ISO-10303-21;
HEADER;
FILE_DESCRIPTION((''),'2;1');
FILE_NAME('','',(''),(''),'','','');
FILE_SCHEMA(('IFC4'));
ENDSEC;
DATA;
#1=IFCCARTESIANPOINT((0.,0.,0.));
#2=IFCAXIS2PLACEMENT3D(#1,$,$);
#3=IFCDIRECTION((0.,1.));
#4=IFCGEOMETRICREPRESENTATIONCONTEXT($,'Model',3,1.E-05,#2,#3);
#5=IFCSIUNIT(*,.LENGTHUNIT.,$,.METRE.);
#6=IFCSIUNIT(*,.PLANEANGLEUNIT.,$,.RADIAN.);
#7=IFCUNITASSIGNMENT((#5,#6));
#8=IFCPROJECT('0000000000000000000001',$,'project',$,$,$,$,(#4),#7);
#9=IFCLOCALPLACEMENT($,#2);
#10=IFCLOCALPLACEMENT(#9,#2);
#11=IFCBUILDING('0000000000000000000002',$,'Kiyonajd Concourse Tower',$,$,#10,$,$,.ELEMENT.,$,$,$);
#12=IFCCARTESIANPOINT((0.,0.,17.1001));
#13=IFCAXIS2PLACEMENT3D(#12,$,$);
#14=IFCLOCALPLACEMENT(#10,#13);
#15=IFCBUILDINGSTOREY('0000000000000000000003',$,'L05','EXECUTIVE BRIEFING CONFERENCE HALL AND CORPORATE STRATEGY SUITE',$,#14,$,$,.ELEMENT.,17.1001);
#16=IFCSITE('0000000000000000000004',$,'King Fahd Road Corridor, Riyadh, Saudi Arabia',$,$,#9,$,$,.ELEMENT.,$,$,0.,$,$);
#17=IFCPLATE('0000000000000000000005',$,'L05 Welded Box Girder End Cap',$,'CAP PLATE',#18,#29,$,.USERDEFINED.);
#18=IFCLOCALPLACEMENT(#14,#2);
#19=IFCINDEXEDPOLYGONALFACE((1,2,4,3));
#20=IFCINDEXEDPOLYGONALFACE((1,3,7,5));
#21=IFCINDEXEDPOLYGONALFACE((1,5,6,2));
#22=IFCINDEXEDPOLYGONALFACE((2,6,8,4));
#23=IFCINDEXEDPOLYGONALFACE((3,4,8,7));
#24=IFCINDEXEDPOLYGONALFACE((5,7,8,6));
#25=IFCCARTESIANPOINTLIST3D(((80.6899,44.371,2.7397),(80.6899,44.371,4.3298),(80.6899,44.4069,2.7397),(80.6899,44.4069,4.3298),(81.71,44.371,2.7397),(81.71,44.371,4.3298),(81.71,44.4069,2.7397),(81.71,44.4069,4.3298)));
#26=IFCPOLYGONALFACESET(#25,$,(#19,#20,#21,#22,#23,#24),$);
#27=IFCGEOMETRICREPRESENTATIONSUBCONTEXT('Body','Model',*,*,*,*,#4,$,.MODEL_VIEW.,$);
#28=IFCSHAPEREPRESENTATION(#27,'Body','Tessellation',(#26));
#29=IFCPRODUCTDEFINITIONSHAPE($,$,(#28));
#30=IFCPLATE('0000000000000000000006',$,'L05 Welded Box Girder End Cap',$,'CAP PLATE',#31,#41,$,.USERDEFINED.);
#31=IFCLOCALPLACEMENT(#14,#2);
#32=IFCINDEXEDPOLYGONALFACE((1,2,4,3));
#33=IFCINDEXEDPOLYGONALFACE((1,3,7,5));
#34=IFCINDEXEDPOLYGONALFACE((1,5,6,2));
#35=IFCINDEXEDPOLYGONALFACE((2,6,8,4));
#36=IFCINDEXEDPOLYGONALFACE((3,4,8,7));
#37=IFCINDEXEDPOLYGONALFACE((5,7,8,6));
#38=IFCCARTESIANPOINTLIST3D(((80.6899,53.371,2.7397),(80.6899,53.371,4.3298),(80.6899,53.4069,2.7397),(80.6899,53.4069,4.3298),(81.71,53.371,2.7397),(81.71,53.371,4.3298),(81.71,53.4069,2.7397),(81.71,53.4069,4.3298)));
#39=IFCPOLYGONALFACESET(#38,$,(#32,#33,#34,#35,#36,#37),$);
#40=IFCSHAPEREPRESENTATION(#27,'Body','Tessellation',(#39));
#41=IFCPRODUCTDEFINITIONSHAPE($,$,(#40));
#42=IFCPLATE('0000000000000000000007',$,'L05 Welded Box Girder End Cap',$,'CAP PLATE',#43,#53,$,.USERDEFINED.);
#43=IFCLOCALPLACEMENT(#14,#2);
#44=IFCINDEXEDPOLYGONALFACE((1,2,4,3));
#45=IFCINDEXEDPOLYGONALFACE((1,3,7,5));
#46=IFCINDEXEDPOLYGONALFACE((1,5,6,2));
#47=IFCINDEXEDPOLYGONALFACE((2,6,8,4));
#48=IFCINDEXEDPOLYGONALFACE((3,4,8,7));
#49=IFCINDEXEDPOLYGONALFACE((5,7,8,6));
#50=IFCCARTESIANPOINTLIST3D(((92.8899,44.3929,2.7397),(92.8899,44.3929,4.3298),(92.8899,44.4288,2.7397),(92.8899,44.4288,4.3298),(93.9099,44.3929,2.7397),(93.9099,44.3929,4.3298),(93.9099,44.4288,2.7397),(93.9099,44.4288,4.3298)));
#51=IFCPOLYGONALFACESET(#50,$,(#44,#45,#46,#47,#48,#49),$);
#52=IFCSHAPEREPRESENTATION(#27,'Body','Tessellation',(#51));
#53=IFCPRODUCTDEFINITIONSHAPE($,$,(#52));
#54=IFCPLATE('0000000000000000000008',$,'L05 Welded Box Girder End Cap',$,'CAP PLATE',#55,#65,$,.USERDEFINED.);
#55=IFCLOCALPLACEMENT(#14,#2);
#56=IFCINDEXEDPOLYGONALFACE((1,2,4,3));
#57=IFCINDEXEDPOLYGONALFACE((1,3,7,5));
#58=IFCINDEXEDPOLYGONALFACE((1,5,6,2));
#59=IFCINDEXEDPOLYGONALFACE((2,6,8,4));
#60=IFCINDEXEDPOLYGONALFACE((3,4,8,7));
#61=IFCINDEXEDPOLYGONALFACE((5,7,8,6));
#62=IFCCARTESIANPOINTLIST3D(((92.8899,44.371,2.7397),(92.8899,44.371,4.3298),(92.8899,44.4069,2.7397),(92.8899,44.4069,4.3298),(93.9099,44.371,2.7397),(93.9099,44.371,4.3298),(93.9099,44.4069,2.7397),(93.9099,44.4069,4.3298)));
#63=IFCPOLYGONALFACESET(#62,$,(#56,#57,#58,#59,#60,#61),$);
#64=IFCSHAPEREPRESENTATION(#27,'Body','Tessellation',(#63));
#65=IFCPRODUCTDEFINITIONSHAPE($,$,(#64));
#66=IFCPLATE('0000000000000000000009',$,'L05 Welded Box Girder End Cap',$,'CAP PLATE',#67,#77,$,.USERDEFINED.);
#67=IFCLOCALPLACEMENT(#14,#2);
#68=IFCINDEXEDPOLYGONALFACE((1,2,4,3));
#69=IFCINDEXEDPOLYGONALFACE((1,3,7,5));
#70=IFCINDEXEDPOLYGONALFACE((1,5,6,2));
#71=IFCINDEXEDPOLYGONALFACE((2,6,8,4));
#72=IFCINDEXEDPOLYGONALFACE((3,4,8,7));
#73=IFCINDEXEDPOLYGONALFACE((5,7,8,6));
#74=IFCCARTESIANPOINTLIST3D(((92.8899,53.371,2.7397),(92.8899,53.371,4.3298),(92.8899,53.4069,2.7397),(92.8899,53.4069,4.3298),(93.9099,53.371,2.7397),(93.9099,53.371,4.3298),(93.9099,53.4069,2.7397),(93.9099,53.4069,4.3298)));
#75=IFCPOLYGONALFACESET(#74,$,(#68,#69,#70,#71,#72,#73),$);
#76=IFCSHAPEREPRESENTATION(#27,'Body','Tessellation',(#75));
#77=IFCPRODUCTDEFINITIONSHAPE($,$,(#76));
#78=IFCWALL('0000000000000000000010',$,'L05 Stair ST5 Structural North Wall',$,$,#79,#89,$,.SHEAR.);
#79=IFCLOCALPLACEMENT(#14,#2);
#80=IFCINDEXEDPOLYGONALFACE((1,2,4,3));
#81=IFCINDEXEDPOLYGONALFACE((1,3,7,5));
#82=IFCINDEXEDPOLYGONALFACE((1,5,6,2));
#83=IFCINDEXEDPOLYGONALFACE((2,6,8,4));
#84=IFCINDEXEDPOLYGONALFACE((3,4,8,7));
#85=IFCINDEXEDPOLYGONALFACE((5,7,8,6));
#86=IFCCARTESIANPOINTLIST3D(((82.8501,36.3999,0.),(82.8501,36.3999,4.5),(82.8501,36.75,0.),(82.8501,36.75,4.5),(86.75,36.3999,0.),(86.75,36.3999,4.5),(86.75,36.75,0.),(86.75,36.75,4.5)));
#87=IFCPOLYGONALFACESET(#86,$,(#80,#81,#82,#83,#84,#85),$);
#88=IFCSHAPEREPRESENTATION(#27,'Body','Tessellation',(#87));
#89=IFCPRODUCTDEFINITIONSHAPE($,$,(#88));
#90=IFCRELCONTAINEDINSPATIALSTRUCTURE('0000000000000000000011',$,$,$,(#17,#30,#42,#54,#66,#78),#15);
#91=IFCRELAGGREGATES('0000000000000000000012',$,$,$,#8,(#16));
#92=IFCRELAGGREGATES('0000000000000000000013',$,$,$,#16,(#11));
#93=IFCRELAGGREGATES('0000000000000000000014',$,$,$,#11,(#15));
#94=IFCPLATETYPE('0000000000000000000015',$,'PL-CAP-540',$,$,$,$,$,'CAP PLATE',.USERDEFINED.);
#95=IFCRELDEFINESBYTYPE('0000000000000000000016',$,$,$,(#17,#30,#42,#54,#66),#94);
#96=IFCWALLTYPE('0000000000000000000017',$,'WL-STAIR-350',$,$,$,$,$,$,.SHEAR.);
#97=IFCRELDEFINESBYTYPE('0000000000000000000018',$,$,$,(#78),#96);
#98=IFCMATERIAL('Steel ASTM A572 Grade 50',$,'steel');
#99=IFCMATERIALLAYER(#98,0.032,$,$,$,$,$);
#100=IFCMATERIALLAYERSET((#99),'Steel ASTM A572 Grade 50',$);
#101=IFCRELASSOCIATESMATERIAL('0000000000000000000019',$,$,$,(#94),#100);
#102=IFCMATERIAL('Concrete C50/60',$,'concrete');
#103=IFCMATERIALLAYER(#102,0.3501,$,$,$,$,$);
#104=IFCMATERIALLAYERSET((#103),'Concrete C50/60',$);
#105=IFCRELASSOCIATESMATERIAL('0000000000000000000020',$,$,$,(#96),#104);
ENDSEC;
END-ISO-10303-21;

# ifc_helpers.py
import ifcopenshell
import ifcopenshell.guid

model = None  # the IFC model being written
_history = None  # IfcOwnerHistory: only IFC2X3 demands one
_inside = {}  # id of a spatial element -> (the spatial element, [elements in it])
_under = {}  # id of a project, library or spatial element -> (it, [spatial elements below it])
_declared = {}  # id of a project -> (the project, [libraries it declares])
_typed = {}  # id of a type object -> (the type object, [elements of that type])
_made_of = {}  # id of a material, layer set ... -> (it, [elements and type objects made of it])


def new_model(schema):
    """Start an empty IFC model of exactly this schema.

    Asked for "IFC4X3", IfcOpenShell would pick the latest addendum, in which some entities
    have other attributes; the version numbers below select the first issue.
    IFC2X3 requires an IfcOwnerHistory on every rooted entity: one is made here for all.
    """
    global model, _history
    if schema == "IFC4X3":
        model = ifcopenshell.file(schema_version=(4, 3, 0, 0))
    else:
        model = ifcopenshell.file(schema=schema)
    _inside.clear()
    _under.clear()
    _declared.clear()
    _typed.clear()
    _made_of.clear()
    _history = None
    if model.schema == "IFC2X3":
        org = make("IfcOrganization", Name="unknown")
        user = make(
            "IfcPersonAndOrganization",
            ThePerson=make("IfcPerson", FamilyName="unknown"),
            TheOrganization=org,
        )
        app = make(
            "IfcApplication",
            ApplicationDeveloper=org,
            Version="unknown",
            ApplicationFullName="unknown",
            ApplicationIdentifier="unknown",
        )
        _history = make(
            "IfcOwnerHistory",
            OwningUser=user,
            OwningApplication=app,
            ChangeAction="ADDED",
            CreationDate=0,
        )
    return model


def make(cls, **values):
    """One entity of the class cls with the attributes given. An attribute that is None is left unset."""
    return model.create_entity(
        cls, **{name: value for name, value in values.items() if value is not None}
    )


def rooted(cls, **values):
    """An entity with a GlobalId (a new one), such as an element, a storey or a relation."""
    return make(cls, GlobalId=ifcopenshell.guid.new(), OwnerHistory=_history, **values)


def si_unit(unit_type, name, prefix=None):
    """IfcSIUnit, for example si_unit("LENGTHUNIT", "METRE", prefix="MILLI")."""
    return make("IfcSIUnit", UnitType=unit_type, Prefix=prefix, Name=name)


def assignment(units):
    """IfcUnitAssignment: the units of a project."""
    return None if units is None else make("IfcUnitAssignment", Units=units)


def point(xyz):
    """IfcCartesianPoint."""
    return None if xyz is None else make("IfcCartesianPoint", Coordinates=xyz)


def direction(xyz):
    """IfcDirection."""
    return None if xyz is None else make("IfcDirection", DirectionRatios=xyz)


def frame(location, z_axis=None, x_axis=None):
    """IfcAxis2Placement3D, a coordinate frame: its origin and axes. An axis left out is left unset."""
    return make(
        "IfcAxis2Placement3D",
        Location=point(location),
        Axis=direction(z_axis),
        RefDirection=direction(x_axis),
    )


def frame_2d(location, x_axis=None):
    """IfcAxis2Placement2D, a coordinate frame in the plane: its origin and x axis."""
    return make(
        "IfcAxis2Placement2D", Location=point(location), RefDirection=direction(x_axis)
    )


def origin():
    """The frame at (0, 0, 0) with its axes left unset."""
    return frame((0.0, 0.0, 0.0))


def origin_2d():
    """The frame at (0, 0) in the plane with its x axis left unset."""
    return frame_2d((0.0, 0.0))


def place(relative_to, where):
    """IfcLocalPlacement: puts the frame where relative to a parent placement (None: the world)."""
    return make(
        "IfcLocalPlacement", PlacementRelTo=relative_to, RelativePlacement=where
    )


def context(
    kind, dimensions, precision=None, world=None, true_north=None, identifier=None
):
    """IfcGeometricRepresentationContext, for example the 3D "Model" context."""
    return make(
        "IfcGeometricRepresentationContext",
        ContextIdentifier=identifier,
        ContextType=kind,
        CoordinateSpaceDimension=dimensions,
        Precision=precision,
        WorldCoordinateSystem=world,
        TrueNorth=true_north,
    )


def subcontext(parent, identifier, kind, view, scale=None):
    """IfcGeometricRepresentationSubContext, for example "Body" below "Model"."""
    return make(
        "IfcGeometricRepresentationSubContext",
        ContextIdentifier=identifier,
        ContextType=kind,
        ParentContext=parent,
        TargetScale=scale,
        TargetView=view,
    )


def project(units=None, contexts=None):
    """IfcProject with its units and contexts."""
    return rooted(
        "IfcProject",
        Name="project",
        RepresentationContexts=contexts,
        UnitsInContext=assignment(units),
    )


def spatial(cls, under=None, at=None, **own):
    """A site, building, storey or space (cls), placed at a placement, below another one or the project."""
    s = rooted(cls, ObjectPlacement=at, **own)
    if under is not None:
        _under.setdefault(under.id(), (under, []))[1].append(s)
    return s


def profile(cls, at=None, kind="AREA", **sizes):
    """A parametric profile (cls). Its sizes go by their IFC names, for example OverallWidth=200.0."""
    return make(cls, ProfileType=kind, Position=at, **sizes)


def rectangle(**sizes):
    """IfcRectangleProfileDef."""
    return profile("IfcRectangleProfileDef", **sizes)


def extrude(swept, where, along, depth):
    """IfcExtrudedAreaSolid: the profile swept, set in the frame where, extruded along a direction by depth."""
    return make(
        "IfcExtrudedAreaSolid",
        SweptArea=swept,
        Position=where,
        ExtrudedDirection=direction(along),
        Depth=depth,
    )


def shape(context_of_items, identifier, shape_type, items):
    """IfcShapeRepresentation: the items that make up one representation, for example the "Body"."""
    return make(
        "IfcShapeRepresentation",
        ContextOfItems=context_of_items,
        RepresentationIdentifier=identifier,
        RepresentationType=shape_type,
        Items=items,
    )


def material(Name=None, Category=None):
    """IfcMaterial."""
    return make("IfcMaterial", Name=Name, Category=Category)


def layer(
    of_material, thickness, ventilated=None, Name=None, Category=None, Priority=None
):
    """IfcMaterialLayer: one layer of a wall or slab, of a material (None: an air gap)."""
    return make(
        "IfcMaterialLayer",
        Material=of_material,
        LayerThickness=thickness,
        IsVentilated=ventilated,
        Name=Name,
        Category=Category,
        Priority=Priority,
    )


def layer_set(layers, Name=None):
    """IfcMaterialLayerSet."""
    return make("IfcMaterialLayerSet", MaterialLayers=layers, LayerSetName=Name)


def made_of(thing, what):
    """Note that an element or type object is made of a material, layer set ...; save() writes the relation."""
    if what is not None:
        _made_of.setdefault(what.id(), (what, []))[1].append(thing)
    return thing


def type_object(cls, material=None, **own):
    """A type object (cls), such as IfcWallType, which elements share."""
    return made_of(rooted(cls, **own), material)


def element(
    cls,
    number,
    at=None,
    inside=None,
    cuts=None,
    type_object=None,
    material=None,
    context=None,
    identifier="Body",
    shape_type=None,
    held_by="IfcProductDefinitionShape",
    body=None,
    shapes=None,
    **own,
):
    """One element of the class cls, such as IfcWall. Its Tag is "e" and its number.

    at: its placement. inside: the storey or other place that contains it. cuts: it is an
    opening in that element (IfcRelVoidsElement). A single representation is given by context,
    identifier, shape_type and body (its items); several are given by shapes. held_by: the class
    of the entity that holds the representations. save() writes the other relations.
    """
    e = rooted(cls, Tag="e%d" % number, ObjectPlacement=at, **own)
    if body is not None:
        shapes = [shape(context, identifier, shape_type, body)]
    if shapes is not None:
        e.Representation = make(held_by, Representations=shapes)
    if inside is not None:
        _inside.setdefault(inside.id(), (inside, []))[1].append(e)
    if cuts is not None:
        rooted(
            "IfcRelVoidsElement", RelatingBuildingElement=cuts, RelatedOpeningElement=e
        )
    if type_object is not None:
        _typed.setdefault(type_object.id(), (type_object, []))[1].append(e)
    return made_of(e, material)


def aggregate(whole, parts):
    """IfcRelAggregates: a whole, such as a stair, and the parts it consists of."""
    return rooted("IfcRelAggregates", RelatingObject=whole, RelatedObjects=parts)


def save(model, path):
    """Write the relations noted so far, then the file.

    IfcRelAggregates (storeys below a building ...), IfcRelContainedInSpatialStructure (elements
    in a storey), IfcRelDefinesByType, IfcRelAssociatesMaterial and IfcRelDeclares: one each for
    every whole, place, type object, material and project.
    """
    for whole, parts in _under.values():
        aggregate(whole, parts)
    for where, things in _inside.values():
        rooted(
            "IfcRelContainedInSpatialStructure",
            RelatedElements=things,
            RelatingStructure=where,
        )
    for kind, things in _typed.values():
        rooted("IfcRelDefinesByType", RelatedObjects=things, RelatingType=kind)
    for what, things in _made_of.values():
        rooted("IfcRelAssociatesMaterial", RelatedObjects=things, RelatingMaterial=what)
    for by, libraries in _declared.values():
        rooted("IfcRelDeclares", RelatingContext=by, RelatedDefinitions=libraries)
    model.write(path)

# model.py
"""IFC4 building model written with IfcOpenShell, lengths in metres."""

from ifc_helpers import new_model, si_unit, direction, frame, frame_2d, origin, origin_2d, place, context, subcontext, project, spatial, rectangle, extrude, material, layer, layer_set, type_object, element, save


model = new_model("IFC4")

# Units and contexts
model_context = context("Model", 3, precision=1e-05, world=origin(), true_north=direction((0.0, 1.0)))
body_context = subcontext(model_context, "Body", "Model", "MODEL_VIEW")
ifc_project = project(units=[si_unit("LENGTHUNIT", "METRE"), si_unit("PLANEANGLEUNIT", "RADIAN")], contexts=[model_context])

# Site, building, storey
site_placement = place(None, origin())
site = spatial("IfcSite", under=ifc_project, at=site_placement, Name="King Fahd Road Corridor, Riyadh, Saudi Arabia", CompositionType="ELEMENT", RefElevation=0.0)
building_placement = place(site_placement, origin())
building = spatial("IfcBuilding", under=site, at=building_placement, Name="Kiyonajd Concourse Tower", CompositionType="ELEMENT")
storey_placement = place(building_placement, frame((0.0, 0.0, 17.1001)))
storey = spatial("IfcBuildingStorey", under=building, at=storey_placement, Name="L05", Description="EXECUTIVE BRIEFING CONFERENCE HALL AND CORPORATE STRATEGY SUITE", CompositionType="ELEMENT", Elevation=17.1001)

# Shared definitions
ifc_material_1 = material(Name="Steel ASTM A572 Grade 50", Category="steel")

# Plates
ifc_layer_1 = layer(ifc_material_1, 0.032)
ifc_layer_set_1 = layer_set([ifc_layer_1], Name="Steel ASTM A572 Grade 50")
plate_type = type_object("IfcPlateType", Name="PL-CAP-540", ElementType="CAP PLATE", PredefinedType="USERDEFINED", material=ifc_layer_set_1)
for number, where, z_axis, x_axis, name in (
    (1, (81.2, 44.3889, 2.7397), (0.0, 0.0, 1.0), (0.0, -1.0, 0.0), "L05 Welded Box Girder End Cap"),
    (2, (81.2, 53.3889, 2.7397), (0.0, 0.0, 1.0), (0.0, -1.0, 0.0), "L05 Welded Box Girder End Cap"),
    (3, (93.3999, 44.4109, 2.7397), (0.0, 0.0, 1.0), (0.0, 1.0, 0.0), "L05 Welded Box Girder End Cap"),
    (4, (93.3999, 44.3889, 2.7397), (0.0, 0.0, 1.0), (0.0, -1.0, 0.0), "L05 Welded Box Girder End Cap"),
    (5, (93.3999, 53.3889, 2.7397), (0.0, 0.0, 1.0), (0.0, -1.0, 0.0), "L05 Welded Box Girder End Cap"),
):
    element("IfcPlate", number, at=place(storey_placement, frame(where, z_axis=z_axis, x_axis=x_axis)), inside=storey, type_object=plate_type, Name=name, ObjectType="CAP PLATE", PredefinedType="USERDEFINED", context=body_context, shape_type="SweptSolid", body=[
        extrude(rectangle(XDim=0.0359, YDim=1.02, at=origin_2d()), origin(), (0.0, 0.0, 1.0), 1.5901),
    ])

# Wall
ifc_material_2 = material(Name="Concrete C50/60", Category="concrete")
ifc_layer_2 = layer(ifc_material_2, 0.3501)
ifc_layer_set_2 = layer_set([ifc_layer_2], Name="Concrete C50/60")
wall_type = type_object("IfcWallType", Name="WL-STAIR-350", PredefinedType="SHEAR", material=ifc_layer_set_2)
wall_placement = place(storey_placement, frame((82.8501, 36.575, 0.0), z_axis=(0.0, 0.0, 1.0), x_axis=(1.0, 0.0, 0.0)))
element("IfcWall", 6, at=wall_placement, inside=storey, type_object=wall_type, Name="L05 Stair ST5 Structural North Wall", PredefinedType="SHEAR", context=body_context, shape_type="SweptSolid", body=[
    extrude(rectangle(XDim=3.8999, YDim=0.3501, at=frame_2d((1.95, 0.0))), origin(), (0.0, 0.0, 1.0), 4.5),
])

save(model, "model.ifc")
